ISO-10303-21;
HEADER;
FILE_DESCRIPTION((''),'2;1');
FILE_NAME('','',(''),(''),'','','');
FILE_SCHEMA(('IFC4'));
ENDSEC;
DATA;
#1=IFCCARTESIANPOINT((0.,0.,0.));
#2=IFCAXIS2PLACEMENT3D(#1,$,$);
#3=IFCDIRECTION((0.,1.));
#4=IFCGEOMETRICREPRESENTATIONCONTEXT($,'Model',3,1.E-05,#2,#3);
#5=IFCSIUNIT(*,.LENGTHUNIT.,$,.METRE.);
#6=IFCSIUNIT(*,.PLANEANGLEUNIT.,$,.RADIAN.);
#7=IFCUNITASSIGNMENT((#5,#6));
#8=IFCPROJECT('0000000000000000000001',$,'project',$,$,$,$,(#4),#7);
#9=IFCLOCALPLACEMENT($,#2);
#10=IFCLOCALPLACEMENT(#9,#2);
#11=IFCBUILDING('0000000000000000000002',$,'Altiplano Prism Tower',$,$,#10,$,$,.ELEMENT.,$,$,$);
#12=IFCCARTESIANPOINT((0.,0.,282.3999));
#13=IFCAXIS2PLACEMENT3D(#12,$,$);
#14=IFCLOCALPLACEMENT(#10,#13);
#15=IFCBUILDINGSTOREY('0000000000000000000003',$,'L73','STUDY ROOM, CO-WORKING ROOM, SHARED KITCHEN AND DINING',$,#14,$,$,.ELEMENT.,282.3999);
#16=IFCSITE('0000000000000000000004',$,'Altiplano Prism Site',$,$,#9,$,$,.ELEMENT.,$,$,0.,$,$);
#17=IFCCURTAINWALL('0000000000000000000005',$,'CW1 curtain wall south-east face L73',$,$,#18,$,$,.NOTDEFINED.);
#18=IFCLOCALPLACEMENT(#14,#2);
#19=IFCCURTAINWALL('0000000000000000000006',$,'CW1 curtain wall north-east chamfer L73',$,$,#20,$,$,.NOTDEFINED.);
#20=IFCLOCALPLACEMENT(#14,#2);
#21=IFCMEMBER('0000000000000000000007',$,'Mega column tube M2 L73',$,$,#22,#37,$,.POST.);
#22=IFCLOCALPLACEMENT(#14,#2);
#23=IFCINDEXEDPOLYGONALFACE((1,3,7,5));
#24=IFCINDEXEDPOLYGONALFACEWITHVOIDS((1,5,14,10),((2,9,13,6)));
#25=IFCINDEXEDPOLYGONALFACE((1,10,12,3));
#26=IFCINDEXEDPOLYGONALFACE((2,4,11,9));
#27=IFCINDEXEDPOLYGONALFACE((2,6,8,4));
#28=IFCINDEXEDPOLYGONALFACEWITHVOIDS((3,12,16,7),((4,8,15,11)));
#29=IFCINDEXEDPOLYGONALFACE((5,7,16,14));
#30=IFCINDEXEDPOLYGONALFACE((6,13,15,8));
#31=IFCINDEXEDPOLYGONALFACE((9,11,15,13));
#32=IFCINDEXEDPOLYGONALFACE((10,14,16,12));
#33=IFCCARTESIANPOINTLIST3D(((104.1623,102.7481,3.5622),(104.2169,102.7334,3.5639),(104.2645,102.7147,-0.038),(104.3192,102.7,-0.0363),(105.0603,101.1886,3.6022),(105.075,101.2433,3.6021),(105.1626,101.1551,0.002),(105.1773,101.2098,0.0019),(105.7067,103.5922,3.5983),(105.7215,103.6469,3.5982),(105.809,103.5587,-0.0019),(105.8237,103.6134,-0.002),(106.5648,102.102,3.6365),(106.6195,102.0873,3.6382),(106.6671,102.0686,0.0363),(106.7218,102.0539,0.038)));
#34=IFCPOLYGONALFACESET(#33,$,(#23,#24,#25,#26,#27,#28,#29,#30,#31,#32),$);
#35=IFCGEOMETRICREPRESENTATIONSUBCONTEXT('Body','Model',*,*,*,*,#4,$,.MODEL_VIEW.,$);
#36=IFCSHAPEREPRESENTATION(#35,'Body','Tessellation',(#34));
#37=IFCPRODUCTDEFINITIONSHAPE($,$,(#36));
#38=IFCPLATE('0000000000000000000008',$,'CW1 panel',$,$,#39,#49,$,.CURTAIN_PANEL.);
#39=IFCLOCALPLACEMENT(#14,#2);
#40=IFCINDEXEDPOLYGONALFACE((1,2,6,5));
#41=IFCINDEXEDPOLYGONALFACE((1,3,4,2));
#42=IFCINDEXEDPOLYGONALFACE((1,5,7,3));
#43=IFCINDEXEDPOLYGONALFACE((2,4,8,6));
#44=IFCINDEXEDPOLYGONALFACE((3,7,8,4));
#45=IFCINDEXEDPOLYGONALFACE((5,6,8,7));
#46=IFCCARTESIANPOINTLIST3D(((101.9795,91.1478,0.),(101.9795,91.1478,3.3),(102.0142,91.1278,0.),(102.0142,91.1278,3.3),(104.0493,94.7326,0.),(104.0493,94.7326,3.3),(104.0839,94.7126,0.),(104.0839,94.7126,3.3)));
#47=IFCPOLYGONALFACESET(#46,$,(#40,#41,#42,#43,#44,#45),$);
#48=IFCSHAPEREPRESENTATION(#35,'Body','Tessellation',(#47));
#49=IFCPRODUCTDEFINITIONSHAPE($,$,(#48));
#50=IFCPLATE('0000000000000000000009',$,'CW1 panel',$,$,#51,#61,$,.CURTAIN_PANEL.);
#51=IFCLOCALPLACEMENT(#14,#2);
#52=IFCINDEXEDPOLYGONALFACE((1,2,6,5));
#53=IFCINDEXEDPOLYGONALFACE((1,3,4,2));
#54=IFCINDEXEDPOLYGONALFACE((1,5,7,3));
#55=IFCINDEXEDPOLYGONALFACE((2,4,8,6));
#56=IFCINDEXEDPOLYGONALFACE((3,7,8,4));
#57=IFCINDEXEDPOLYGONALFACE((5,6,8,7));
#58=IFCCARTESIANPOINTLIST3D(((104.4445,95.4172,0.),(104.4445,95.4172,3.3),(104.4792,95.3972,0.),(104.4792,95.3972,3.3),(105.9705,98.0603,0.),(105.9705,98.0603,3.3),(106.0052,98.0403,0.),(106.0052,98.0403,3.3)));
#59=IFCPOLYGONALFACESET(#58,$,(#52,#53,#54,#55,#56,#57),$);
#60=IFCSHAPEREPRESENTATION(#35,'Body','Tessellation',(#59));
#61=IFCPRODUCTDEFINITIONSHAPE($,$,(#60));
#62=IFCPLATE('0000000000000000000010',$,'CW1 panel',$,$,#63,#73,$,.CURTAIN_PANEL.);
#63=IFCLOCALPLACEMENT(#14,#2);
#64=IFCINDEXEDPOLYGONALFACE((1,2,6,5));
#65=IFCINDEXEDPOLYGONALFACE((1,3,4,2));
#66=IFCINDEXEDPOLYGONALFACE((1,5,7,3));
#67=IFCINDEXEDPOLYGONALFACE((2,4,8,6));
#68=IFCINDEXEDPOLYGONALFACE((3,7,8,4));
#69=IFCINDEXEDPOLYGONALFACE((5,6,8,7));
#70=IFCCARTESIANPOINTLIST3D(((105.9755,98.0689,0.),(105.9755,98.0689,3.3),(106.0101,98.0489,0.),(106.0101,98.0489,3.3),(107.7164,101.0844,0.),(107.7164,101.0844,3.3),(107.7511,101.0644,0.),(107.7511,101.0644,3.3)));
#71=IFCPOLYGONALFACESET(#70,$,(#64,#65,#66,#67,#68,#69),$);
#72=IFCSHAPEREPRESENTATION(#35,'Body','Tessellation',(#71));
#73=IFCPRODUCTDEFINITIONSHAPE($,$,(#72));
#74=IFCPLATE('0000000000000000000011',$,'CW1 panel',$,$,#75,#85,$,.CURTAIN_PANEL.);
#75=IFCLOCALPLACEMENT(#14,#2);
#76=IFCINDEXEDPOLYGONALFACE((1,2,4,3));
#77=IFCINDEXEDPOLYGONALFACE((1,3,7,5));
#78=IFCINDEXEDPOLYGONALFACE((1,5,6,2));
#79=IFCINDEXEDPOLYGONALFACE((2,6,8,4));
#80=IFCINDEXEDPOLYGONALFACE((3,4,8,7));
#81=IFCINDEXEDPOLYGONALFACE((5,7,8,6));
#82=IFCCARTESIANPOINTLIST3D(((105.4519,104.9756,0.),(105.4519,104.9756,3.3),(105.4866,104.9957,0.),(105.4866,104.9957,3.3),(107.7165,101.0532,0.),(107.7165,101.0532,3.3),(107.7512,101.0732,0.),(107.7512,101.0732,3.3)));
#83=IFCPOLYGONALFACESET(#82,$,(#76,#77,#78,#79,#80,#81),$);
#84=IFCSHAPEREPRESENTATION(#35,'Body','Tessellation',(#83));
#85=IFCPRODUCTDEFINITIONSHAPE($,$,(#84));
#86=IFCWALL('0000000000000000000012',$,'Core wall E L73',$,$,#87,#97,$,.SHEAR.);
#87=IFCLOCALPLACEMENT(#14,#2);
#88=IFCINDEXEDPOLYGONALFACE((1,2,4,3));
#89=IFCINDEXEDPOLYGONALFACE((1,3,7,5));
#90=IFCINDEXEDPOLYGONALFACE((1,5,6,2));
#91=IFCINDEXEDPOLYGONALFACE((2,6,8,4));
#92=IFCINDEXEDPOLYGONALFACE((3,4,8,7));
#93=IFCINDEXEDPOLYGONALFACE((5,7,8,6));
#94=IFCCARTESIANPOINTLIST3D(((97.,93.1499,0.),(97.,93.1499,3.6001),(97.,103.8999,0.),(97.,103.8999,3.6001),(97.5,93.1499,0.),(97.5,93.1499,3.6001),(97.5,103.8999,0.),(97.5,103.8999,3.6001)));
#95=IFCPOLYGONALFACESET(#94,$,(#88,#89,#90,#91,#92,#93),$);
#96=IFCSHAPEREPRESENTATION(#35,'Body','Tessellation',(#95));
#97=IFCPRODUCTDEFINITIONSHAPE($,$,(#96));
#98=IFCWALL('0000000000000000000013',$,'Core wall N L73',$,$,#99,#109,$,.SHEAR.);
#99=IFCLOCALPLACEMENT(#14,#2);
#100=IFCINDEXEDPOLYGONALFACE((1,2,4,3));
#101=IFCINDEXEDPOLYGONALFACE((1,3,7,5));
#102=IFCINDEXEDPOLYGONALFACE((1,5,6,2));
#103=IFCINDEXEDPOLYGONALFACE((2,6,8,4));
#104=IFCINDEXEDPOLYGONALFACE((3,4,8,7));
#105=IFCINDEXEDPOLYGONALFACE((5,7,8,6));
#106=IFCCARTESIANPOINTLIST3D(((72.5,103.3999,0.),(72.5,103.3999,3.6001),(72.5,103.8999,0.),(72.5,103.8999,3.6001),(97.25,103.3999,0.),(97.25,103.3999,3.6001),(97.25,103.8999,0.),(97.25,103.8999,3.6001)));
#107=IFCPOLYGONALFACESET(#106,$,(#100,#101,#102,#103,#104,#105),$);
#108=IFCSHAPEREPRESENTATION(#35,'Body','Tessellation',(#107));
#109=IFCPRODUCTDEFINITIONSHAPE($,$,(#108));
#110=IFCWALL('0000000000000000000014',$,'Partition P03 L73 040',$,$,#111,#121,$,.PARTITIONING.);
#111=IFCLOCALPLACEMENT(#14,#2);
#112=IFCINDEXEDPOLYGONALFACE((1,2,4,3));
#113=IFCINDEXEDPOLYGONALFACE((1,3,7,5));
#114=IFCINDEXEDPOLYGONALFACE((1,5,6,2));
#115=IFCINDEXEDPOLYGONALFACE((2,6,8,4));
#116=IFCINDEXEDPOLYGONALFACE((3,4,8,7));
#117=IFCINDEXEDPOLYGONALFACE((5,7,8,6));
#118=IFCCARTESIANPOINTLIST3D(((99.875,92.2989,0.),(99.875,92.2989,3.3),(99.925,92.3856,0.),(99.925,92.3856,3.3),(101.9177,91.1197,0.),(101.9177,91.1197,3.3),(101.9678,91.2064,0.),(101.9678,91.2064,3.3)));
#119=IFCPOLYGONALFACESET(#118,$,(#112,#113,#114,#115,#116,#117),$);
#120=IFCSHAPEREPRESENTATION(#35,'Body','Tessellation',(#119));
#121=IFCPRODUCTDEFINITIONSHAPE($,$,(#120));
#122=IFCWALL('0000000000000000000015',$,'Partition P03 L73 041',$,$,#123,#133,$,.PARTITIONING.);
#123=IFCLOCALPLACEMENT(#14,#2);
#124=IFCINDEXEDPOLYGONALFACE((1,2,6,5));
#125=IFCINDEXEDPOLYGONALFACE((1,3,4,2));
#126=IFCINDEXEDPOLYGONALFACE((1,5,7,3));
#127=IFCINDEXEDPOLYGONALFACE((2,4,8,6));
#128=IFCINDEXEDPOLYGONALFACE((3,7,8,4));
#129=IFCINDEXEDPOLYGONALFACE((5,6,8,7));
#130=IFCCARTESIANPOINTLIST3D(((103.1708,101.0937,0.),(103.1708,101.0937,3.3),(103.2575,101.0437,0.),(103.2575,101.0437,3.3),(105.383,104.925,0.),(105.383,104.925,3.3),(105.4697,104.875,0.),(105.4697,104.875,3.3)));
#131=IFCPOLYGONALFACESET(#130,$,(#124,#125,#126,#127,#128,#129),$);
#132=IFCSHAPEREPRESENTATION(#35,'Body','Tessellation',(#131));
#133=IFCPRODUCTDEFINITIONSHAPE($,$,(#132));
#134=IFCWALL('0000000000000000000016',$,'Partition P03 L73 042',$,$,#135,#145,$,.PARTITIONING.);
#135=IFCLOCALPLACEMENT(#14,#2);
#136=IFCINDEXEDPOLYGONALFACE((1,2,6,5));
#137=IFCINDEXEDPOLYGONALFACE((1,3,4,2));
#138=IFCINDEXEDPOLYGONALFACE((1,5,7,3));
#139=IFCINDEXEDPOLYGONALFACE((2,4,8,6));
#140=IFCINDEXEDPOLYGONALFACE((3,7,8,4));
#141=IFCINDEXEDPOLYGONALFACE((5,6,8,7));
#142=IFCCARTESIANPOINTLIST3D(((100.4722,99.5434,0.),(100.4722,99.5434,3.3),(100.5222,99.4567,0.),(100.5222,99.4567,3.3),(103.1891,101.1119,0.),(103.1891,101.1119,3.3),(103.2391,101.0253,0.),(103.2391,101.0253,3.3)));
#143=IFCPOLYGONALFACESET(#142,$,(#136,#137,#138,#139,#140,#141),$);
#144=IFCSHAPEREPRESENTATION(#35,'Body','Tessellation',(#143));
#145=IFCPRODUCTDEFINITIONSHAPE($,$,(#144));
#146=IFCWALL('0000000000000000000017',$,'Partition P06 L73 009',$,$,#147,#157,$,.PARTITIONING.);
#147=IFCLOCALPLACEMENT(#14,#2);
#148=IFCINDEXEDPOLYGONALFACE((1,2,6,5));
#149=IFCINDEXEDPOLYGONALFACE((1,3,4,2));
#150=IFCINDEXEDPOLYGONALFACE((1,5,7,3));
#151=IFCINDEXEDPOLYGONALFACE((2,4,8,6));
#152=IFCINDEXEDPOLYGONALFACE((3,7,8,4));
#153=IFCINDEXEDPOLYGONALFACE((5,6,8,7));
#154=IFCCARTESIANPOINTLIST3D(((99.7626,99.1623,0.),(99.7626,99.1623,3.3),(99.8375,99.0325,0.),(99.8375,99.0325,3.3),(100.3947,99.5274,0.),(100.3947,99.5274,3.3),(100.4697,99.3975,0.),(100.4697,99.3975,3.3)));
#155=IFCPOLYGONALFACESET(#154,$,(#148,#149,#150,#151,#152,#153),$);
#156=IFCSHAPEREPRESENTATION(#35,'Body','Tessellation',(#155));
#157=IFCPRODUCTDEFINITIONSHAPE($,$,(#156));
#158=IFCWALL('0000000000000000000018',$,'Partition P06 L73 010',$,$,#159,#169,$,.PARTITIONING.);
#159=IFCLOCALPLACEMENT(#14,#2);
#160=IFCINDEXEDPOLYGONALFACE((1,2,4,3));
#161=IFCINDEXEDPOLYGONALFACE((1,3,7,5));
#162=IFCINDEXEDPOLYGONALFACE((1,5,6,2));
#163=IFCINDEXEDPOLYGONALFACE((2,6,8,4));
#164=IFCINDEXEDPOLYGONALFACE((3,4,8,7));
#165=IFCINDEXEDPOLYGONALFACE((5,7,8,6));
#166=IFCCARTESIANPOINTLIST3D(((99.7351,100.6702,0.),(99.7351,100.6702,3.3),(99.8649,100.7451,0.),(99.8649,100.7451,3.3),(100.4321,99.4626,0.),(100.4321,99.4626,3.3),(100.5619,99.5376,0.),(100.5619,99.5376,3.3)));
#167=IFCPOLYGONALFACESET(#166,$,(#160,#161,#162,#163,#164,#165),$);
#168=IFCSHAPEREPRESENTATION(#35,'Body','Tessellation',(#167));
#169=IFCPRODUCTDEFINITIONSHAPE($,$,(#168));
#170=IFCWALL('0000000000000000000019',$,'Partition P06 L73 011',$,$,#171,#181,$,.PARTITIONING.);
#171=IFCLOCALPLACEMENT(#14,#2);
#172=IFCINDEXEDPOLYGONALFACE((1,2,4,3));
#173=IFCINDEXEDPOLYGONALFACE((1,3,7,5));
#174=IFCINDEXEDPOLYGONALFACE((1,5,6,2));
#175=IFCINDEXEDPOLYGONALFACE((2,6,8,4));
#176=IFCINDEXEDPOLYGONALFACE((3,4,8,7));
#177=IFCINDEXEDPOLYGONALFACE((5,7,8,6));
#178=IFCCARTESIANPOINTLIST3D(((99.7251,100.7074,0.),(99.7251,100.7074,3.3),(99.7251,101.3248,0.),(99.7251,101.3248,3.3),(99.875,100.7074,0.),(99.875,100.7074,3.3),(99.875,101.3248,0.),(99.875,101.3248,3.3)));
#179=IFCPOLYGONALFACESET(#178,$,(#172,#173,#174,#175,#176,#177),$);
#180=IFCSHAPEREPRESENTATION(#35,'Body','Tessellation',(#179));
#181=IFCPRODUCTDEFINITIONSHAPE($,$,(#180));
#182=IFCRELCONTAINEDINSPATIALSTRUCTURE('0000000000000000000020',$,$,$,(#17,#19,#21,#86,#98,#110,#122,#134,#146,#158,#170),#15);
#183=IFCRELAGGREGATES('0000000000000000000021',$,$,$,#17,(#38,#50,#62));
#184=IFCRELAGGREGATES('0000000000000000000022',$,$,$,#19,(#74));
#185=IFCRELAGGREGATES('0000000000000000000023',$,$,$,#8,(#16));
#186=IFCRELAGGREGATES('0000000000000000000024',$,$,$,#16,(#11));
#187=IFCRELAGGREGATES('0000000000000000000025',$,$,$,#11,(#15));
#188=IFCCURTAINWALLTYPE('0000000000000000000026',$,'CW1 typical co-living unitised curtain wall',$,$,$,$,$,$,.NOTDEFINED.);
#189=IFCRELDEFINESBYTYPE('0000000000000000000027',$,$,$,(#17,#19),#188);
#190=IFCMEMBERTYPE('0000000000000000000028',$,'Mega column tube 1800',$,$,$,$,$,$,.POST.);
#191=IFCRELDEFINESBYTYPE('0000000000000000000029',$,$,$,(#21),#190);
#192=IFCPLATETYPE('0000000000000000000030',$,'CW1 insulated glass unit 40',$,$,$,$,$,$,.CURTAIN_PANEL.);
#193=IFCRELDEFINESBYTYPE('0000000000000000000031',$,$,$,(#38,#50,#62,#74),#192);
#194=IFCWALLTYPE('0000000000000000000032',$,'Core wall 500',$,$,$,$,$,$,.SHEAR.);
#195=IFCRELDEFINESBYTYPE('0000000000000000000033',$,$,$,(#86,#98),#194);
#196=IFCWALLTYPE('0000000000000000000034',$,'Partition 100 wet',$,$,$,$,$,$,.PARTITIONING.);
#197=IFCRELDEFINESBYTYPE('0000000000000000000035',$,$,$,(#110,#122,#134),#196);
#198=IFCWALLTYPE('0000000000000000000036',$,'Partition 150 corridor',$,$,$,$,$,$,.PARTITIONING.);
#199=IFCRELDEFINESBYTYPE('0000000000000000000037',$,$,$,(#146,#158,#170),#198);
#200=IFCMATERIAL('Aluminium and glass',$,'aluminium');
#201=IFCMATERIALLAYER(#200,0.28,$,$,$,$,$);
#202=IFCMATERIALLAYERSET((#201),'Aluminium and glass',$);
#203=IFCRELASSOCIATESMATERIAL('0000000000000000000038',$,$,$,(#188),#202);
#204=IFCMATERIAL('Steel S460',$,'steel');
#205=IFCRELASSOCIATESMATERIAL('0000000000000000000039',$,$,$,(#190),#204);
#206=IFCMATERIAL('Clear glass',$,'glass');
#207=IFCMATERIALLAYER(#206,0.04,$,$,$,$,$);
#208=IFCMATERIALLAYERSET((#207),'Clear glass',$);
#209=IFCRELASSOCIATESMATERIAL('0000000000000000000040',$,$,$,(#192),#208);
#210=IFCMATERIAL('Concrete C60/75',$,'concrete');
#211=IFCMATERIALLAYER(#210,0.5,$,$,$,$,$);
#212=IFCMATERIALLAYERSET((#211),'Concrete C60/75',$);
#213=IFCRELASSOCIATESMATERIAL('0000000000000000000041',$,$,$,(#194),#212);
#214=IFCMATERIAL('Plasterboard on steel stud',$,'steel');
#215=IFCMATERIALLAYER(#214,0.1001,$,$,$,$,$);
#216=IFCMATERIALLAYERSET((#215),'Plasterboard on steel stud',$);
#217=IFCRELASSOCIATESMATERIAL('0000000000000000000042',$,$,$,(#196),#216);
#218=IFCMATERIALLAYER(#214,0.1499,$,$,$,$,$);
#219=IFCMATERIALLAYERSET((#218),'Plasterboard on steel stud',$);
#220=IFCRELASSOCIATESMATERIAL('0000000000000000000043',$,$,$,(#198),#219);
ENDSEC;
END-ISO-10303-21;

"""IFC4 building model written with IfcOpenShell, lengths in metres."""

from ifc_helpers import new_model, si_unit, direction, frame, frame_2d, origin, origin_2d, place, context, subcontext, project, spatial, rectangle, hollow_rectangle, extrude, material, layer, layer_set, material_profile, profile_set, type_object, element, aggregate, save


model = new_model("IFC4")

# Units and contexts
model_context = context("Model", 3, precision=1e-05, world=origin(), true_north=direction((0.0, 1.0)))
body_context = subcontext(model_context, "Body", "Model", "MODEL_VIEW")
ifc_project = project(units=[si_unit("LENGTHUNIT", "METRE"), si_unit("PLANEANGLEUNIT", "RADIAN")], contexts=[model_context])

# Site, building, storey
site_placement = place(None, origin())
site = spatial("IfcSite", under=ifc_project, at=site_placement, Name="Altiplano Prism Site", CompositionType="ELEMENT", RefElevation=0.0)
building_placement = place(site_placement, origin())
building = spatial("IfcBuilding", under=site, at=building_placement, Name="Altiplano Prism Tower", CompositionType="ELEMENT")
storey_placement = place(building_placement, frame((0.0, 0.0, 282.3999)))
storey = spatial("IfcBuildingStorey", under=building, at=storey_placement, Name="L73", Description="STUDY ROOM, CO-WORKING ROOM, SHARED KITCHEN AND DINING", CompositionType="ELEMENT", Elevation=282.3999)

# Shared definitions
ifc_material_1 = material(Name="Concrete C60/75", Category="concrete")

# Curtain wall
ifc_material_2 = material(Name="Aluminium and glass", Category="aluminium")
ifc_layer_1 = layer(ifc_material_2, 0.28)
ifc_layer_set_1 = layer_set([ifc_layer_1], Name="Aluminium and glass")
curtain_wall_type = type_object("IfcCurtainWallType", Name="CW1 typical co-living unitised curtain wall", PredefinedType="NOTDEFINED", material=ifc_layer_set_1)
curtain_wall_1_placement = place(storey_placement, origin())
curtain_wall_1 = element("IfcCurtainWall", 1, at=curtain_wall_1_placement, inside=storey, type_object=curtain_wall_type, Name="CW1 curtain wall south-east face L73", PredefinedType="NOTDEFINED")

# Curtain wall
curtain_wall_2_placement = place(storey_placement, origin())
curtain_wall_2 = element("IfcCurtainWall", 2, at=curtain_wall_2_placement, inside=storey, type_object=curtain_wall_type, Name="CW1 curtain wall north-east chamfer L73", PredefinedType="NOTDEFINED")

# Member
ifc_material_3 = material(Name="Steel S460", Category="steel")
ifc_material_profile_1 = material_profile(ifc_material_3, hollow_rectangle(XDim=1.8, YDim=1.8, WallThickness=0.04, at=origin_2d()), Name="Mega column tube 1800")
ifc_profile_set_1 = profile_set([ifc_material_profile_1], Name="Steel S460")
member_type_1 = type_object("IfcMemberType", Name="Mega column tube 1800", PredefinedType="POST", material=ifc_profile_set_1)
member_1_placement = place(storey_placement, frame((105.4932, 102.3843, 0.0), z_axis=(-0.028402, 0.009287, 0.999553), x_axis=(0.498892, -0.866379, 0.022225)))
element("IfcMember", 3, at=member_1_placement, inside=storey, type_object=member_type_1, Name="Mega column tube M2 L73", PredefinedType="POST", context=body_context, shape_type="SweptSolid", body=[
    extrude(hollow_rectangle(XDim=1.8, YDim=1.8, WallThickness=0.04, at=origin_2d()), origin(), (0.0, 0.0, 1.0), 3.6018),
])

# Plates
ifc_material_4 = material(Name="Clear glass", Category="glass")
ifc_layer_2 = layer(ifc_material_4, 0.04)
ifc_layer_set_2 = layer_set([ifc_layer_2], Name="Clear glass")
plate_type = type_object("IfcPlateType", Name="CW1 insulated glass unit 40", PredefinedType="CURTAIN_PANEL", material=ifc_layer_set_2)
plate_1_placement = place(storey_placement, frame((103.0317, 92.9302, 0.0), z_axis=(0.0, 0.0, 1.0), x_axis=(0.5, 0.866025, 0.0)))
plate_1 = element("IfcPlate", 4, at=plate_1_placement, type_object=plate_type, Name="CW1 panel", PredefinedType="CURTAIN_PANEL", context=body_context, shape_type="SweptSolid", body=[
    extrude(rectangle(XDim=4.1394, YDim=0.04, at=origin_2d()), origin(), (0.0, 0.0, 1.0), 3.3),
])
plate_2_placement = place(storey_placement, frame((105.2249, 96.7288, 0.0), z_axis=(0.0, 0.0, 1.0), x_axis=(0.5, 0.866025, 0.0)))
plate_2 = element("IfcPlate", 5, at=plate_2_placement, type_object=plate_type, Name="CW1 panel", PredefinedType="CURTAIN_PANEL", context=body_context, shape_type="SweptSolid", body=[
    extrude(rectangle(XDim=3.052, YDim=0.04, at=origin_2d()), origin(), (0.0, 0.0, 1.0), 3.3),
])
plate_3_placement = place(storey_placement, frame((106.8633, 99.5667, 0.0), z_axis=(0.0, 0.0, 1.0), x_axis=(0.5, 0.866025, 0.0)))
plate_3 = element("IfcPlate", 6, at=plate_3_placement, type_object=plate_type, Name="CW1 panel", PredefinedType="CURTAIN_PANEL", context=body_context, shape_type="SweptSolid", body=[
    extrude(rectangle(XDim=3.4819, YDim=0.04, at=origin_2d()), origin(), (0.0, 0.0, 1.0), 3.3),
])
aggregate(curtain_wall_1, [plate_1, plate_2, plate_3])
plate_4_placement = place(storey_placement, frame((106.6016, 103.0244, 0.0), z_axis=(0.0, 0.0, 1.0), x_axis=(-0.5, 0.866025, 0.0)))
plate_4 = element("IfcPlate", 7, at=plate_4_placement, type_object=plate_type, Name="CW1 panel", PredefinedType="CURTAIN_PANEL", context=body_context, shape_type="SweptSolid", body=[
    extrude(rectangle(XDim=4.5293, YDim=0.04, at=origin_2d()), origin(), (0.0, 0.0, 1.0), 3.3),
])
aggregate(curtain_wall_2, [plate_4])

# Walls
ifc_layer_3 = layer(ifc_material_1, 0.5)
ifc_layer_set_3 = layer_set([ifc_layer_3], Name="Concrete C60/75")
wall_type_1 = type_object("IfcWallType", Name="Core wall 500", PredefinedType="SHEAR", material=ifc_layer_set_3)
wall_1_placement = place(storey_placement, frame((97.25, 93.1499, 0.0), z_axis=(0.0, 0.0, 1.0), x_axis=(0.0, 1.0, 0.0)))
element("IfcWall", 8, at=wall_1_placement, inside=storey, type_object=wall_type_1, Name="Core wall E L73", PredefinedType="SHEAR", context=body_context, shape_type="SweptSolid", body=[
    extrude(rectangle(XDim=10.75, YDim=0.5, at=frame_2d((5.375, 0.0))), origin(), (0.0, 0.0, 1.0), 3.6001),
])
wall_2_placement = place(storey_placement, frame((97.25, 103.6499, 0.0), z_axis=(0.0, 0.0, 1.0), x_axis=(-1.0, 0.0, 0.0)))
element("IfcWall", 9, at=wall_2_placement, inside=storey, type_object=wall_type_1, Name="Core wall N L73", PredefinedType="SHEAR", context=body_context, shape_type="SweptSolid", body=[
    extrude(rectangle(XDim=24.75, YDim=0.5, at=frame_2d((12.375, 0.0))), origin(), (0.0, 0.0, 1.0), 3.6001),
])
ifc_material_5 = material(Name="Plasterboard on steel stud", Category="steel")
ifc_layer_4 = layer(ifc_material_5, 0.1001)
ifc_layer_set_4 = layer_set([ifc_layer_4], Name="Plasterboard on steel stud")
wall_type_2 = type_object("IfcWallType", Name="Partition 100 wet", PredefinedType="PARTITIONING", material=ifc_layer_set_4)
wall_3_placement = place(storey_placement, frame((101.9426, 91.1631, 0.0), z_axis=(0.0, 0.0, 1.0), x_axis=(-0.866056, 0.499946, 0.0)))
element("IfcWall", 10, at=wall_3_placement, inside=storey, type_object=wall_type_2, Name="Partition P03 L73 040", PredefinedType="PARTITIONING", context=body_context, shape_type="SweptSolid", body=[
    extrude(rectangle(XDim=2.3586, YDim=0.1001, at=frame_2d((1.1792, 0.0))), origin(), (0.0, 0.0, 1.0), 3.3),
])
wall_4_placement = place(storey_placement, frame((105.4263, 104.8999, 0.0), z_axis=(0.0, 0.0, 1.0), x_axis=(-0.500027, -0.86601, 0.0)))
element("IfcWall", 11, at=wall_4_placement, inside=storey, type_object=wall_type_2, Name="Partition P03 L73 041", PredefinedType="PARTITIONING", context=body_context, shape_type="SweptSolid", body=[
    extrude(rectangle(XDim=4.4241, YDim=0.1001, at=frame_2d((2.2119, 0.0))), origin(), (0.0, 0.0, 1.0), 3.3),
])
wall_5_placement = place(storey_placement, frame((103.2141, 101.0686, 0.0), z_axis=(0.0, 0.0, 1.0), x_axis=(-0.866037, -0.499981, 0.0)))
element("IfcWall", 12, at=wall_5_placement, inside=storey, type_object=wall_type_2, Name="Partition P03 L73 042", PredefinedType="PARTITIONING", context=body_context, shape_type="SweptSolid", body=[
    extrude(rectangle(XDim=3.1372, YDim=0.1001, at=frame_2d((1.5686, 0.0))), origin(), (0.0, 0.0, 1.0), 3.3),
])
ifc_layer_5 = layer(ifc_material_5, 0.1499)
ifc_layer_set_5 = layer_set([ifc_layer_5], Name="Plasterboard on steel stud")
wall_type_3 = type_object("IfcWallType", Name="Partition 150 corridor", PredefinedType="PARTITIONING", material=ifc_layer_set_5)
wall_6_placement = place(storey_placement, frame((99.8, 99.0974, 0.0), z_axis=(0.0, 0.0, 1.0), x_axis=(0.865991, 0.50006, 0.0)))
element("IfcWall", 13, at=wall_6_placement, inside=storey, type_object=wall_type_3, Name="Partition P06 L73 009", PredefinedType="PARTITIONING", context=body_context, shape_type="SweptSolid", body=[
    extrude(rectangle(XDim=0.73, YDim=0.1499, at=frame_2d((0.365, 0.0))), origin(), (0.0, 0.0, 1.0), 3.3),
])
wall_7_placement = place(storey_placement, frame((100.4971, 99.5, 0.0), z_axis=(0.0, 0.0, 1.0), x_axis=(-0.499925, 0.866069, 0.0)))
element("IfcWall", 14, at=wall_7_placement, inside=storey, type_object=wall_type_3, Name="Partition P06 L73 010", PredefinedType="PARTITIONING", context=body_context, shape_type="SweptSolid", body=[
    extrude(rectangle(XDim=1.3943, YDim=0.1499, at=frame_2d((0.6973, 0.0))), origin(), (0.0, 0.0, 1.0), 3.3),
])
wall_8_placement = place(storey_placement, frame((99.8, 100.7075, 0.0), z_axis=(0.0, 0.0, 1.0), x_axis=(0.0, 1.0, 0.0)))
element("IfcWall", 15, at=wall_8_placement, inside=storey, type_object=wall_type_3, Name="Partition P06 L73 011", PredefinedType="PARTITIONING", context=body_context, shape_type="SweptSolid", body=[
    extrude(rectangle(XDim=0.6174, YDim=0.1499, at=frame_2d((0.3086, 0.0))), origin(), (0.0, 0.0, 1.0), 3.3),
])

save(model, "model.ifc")
